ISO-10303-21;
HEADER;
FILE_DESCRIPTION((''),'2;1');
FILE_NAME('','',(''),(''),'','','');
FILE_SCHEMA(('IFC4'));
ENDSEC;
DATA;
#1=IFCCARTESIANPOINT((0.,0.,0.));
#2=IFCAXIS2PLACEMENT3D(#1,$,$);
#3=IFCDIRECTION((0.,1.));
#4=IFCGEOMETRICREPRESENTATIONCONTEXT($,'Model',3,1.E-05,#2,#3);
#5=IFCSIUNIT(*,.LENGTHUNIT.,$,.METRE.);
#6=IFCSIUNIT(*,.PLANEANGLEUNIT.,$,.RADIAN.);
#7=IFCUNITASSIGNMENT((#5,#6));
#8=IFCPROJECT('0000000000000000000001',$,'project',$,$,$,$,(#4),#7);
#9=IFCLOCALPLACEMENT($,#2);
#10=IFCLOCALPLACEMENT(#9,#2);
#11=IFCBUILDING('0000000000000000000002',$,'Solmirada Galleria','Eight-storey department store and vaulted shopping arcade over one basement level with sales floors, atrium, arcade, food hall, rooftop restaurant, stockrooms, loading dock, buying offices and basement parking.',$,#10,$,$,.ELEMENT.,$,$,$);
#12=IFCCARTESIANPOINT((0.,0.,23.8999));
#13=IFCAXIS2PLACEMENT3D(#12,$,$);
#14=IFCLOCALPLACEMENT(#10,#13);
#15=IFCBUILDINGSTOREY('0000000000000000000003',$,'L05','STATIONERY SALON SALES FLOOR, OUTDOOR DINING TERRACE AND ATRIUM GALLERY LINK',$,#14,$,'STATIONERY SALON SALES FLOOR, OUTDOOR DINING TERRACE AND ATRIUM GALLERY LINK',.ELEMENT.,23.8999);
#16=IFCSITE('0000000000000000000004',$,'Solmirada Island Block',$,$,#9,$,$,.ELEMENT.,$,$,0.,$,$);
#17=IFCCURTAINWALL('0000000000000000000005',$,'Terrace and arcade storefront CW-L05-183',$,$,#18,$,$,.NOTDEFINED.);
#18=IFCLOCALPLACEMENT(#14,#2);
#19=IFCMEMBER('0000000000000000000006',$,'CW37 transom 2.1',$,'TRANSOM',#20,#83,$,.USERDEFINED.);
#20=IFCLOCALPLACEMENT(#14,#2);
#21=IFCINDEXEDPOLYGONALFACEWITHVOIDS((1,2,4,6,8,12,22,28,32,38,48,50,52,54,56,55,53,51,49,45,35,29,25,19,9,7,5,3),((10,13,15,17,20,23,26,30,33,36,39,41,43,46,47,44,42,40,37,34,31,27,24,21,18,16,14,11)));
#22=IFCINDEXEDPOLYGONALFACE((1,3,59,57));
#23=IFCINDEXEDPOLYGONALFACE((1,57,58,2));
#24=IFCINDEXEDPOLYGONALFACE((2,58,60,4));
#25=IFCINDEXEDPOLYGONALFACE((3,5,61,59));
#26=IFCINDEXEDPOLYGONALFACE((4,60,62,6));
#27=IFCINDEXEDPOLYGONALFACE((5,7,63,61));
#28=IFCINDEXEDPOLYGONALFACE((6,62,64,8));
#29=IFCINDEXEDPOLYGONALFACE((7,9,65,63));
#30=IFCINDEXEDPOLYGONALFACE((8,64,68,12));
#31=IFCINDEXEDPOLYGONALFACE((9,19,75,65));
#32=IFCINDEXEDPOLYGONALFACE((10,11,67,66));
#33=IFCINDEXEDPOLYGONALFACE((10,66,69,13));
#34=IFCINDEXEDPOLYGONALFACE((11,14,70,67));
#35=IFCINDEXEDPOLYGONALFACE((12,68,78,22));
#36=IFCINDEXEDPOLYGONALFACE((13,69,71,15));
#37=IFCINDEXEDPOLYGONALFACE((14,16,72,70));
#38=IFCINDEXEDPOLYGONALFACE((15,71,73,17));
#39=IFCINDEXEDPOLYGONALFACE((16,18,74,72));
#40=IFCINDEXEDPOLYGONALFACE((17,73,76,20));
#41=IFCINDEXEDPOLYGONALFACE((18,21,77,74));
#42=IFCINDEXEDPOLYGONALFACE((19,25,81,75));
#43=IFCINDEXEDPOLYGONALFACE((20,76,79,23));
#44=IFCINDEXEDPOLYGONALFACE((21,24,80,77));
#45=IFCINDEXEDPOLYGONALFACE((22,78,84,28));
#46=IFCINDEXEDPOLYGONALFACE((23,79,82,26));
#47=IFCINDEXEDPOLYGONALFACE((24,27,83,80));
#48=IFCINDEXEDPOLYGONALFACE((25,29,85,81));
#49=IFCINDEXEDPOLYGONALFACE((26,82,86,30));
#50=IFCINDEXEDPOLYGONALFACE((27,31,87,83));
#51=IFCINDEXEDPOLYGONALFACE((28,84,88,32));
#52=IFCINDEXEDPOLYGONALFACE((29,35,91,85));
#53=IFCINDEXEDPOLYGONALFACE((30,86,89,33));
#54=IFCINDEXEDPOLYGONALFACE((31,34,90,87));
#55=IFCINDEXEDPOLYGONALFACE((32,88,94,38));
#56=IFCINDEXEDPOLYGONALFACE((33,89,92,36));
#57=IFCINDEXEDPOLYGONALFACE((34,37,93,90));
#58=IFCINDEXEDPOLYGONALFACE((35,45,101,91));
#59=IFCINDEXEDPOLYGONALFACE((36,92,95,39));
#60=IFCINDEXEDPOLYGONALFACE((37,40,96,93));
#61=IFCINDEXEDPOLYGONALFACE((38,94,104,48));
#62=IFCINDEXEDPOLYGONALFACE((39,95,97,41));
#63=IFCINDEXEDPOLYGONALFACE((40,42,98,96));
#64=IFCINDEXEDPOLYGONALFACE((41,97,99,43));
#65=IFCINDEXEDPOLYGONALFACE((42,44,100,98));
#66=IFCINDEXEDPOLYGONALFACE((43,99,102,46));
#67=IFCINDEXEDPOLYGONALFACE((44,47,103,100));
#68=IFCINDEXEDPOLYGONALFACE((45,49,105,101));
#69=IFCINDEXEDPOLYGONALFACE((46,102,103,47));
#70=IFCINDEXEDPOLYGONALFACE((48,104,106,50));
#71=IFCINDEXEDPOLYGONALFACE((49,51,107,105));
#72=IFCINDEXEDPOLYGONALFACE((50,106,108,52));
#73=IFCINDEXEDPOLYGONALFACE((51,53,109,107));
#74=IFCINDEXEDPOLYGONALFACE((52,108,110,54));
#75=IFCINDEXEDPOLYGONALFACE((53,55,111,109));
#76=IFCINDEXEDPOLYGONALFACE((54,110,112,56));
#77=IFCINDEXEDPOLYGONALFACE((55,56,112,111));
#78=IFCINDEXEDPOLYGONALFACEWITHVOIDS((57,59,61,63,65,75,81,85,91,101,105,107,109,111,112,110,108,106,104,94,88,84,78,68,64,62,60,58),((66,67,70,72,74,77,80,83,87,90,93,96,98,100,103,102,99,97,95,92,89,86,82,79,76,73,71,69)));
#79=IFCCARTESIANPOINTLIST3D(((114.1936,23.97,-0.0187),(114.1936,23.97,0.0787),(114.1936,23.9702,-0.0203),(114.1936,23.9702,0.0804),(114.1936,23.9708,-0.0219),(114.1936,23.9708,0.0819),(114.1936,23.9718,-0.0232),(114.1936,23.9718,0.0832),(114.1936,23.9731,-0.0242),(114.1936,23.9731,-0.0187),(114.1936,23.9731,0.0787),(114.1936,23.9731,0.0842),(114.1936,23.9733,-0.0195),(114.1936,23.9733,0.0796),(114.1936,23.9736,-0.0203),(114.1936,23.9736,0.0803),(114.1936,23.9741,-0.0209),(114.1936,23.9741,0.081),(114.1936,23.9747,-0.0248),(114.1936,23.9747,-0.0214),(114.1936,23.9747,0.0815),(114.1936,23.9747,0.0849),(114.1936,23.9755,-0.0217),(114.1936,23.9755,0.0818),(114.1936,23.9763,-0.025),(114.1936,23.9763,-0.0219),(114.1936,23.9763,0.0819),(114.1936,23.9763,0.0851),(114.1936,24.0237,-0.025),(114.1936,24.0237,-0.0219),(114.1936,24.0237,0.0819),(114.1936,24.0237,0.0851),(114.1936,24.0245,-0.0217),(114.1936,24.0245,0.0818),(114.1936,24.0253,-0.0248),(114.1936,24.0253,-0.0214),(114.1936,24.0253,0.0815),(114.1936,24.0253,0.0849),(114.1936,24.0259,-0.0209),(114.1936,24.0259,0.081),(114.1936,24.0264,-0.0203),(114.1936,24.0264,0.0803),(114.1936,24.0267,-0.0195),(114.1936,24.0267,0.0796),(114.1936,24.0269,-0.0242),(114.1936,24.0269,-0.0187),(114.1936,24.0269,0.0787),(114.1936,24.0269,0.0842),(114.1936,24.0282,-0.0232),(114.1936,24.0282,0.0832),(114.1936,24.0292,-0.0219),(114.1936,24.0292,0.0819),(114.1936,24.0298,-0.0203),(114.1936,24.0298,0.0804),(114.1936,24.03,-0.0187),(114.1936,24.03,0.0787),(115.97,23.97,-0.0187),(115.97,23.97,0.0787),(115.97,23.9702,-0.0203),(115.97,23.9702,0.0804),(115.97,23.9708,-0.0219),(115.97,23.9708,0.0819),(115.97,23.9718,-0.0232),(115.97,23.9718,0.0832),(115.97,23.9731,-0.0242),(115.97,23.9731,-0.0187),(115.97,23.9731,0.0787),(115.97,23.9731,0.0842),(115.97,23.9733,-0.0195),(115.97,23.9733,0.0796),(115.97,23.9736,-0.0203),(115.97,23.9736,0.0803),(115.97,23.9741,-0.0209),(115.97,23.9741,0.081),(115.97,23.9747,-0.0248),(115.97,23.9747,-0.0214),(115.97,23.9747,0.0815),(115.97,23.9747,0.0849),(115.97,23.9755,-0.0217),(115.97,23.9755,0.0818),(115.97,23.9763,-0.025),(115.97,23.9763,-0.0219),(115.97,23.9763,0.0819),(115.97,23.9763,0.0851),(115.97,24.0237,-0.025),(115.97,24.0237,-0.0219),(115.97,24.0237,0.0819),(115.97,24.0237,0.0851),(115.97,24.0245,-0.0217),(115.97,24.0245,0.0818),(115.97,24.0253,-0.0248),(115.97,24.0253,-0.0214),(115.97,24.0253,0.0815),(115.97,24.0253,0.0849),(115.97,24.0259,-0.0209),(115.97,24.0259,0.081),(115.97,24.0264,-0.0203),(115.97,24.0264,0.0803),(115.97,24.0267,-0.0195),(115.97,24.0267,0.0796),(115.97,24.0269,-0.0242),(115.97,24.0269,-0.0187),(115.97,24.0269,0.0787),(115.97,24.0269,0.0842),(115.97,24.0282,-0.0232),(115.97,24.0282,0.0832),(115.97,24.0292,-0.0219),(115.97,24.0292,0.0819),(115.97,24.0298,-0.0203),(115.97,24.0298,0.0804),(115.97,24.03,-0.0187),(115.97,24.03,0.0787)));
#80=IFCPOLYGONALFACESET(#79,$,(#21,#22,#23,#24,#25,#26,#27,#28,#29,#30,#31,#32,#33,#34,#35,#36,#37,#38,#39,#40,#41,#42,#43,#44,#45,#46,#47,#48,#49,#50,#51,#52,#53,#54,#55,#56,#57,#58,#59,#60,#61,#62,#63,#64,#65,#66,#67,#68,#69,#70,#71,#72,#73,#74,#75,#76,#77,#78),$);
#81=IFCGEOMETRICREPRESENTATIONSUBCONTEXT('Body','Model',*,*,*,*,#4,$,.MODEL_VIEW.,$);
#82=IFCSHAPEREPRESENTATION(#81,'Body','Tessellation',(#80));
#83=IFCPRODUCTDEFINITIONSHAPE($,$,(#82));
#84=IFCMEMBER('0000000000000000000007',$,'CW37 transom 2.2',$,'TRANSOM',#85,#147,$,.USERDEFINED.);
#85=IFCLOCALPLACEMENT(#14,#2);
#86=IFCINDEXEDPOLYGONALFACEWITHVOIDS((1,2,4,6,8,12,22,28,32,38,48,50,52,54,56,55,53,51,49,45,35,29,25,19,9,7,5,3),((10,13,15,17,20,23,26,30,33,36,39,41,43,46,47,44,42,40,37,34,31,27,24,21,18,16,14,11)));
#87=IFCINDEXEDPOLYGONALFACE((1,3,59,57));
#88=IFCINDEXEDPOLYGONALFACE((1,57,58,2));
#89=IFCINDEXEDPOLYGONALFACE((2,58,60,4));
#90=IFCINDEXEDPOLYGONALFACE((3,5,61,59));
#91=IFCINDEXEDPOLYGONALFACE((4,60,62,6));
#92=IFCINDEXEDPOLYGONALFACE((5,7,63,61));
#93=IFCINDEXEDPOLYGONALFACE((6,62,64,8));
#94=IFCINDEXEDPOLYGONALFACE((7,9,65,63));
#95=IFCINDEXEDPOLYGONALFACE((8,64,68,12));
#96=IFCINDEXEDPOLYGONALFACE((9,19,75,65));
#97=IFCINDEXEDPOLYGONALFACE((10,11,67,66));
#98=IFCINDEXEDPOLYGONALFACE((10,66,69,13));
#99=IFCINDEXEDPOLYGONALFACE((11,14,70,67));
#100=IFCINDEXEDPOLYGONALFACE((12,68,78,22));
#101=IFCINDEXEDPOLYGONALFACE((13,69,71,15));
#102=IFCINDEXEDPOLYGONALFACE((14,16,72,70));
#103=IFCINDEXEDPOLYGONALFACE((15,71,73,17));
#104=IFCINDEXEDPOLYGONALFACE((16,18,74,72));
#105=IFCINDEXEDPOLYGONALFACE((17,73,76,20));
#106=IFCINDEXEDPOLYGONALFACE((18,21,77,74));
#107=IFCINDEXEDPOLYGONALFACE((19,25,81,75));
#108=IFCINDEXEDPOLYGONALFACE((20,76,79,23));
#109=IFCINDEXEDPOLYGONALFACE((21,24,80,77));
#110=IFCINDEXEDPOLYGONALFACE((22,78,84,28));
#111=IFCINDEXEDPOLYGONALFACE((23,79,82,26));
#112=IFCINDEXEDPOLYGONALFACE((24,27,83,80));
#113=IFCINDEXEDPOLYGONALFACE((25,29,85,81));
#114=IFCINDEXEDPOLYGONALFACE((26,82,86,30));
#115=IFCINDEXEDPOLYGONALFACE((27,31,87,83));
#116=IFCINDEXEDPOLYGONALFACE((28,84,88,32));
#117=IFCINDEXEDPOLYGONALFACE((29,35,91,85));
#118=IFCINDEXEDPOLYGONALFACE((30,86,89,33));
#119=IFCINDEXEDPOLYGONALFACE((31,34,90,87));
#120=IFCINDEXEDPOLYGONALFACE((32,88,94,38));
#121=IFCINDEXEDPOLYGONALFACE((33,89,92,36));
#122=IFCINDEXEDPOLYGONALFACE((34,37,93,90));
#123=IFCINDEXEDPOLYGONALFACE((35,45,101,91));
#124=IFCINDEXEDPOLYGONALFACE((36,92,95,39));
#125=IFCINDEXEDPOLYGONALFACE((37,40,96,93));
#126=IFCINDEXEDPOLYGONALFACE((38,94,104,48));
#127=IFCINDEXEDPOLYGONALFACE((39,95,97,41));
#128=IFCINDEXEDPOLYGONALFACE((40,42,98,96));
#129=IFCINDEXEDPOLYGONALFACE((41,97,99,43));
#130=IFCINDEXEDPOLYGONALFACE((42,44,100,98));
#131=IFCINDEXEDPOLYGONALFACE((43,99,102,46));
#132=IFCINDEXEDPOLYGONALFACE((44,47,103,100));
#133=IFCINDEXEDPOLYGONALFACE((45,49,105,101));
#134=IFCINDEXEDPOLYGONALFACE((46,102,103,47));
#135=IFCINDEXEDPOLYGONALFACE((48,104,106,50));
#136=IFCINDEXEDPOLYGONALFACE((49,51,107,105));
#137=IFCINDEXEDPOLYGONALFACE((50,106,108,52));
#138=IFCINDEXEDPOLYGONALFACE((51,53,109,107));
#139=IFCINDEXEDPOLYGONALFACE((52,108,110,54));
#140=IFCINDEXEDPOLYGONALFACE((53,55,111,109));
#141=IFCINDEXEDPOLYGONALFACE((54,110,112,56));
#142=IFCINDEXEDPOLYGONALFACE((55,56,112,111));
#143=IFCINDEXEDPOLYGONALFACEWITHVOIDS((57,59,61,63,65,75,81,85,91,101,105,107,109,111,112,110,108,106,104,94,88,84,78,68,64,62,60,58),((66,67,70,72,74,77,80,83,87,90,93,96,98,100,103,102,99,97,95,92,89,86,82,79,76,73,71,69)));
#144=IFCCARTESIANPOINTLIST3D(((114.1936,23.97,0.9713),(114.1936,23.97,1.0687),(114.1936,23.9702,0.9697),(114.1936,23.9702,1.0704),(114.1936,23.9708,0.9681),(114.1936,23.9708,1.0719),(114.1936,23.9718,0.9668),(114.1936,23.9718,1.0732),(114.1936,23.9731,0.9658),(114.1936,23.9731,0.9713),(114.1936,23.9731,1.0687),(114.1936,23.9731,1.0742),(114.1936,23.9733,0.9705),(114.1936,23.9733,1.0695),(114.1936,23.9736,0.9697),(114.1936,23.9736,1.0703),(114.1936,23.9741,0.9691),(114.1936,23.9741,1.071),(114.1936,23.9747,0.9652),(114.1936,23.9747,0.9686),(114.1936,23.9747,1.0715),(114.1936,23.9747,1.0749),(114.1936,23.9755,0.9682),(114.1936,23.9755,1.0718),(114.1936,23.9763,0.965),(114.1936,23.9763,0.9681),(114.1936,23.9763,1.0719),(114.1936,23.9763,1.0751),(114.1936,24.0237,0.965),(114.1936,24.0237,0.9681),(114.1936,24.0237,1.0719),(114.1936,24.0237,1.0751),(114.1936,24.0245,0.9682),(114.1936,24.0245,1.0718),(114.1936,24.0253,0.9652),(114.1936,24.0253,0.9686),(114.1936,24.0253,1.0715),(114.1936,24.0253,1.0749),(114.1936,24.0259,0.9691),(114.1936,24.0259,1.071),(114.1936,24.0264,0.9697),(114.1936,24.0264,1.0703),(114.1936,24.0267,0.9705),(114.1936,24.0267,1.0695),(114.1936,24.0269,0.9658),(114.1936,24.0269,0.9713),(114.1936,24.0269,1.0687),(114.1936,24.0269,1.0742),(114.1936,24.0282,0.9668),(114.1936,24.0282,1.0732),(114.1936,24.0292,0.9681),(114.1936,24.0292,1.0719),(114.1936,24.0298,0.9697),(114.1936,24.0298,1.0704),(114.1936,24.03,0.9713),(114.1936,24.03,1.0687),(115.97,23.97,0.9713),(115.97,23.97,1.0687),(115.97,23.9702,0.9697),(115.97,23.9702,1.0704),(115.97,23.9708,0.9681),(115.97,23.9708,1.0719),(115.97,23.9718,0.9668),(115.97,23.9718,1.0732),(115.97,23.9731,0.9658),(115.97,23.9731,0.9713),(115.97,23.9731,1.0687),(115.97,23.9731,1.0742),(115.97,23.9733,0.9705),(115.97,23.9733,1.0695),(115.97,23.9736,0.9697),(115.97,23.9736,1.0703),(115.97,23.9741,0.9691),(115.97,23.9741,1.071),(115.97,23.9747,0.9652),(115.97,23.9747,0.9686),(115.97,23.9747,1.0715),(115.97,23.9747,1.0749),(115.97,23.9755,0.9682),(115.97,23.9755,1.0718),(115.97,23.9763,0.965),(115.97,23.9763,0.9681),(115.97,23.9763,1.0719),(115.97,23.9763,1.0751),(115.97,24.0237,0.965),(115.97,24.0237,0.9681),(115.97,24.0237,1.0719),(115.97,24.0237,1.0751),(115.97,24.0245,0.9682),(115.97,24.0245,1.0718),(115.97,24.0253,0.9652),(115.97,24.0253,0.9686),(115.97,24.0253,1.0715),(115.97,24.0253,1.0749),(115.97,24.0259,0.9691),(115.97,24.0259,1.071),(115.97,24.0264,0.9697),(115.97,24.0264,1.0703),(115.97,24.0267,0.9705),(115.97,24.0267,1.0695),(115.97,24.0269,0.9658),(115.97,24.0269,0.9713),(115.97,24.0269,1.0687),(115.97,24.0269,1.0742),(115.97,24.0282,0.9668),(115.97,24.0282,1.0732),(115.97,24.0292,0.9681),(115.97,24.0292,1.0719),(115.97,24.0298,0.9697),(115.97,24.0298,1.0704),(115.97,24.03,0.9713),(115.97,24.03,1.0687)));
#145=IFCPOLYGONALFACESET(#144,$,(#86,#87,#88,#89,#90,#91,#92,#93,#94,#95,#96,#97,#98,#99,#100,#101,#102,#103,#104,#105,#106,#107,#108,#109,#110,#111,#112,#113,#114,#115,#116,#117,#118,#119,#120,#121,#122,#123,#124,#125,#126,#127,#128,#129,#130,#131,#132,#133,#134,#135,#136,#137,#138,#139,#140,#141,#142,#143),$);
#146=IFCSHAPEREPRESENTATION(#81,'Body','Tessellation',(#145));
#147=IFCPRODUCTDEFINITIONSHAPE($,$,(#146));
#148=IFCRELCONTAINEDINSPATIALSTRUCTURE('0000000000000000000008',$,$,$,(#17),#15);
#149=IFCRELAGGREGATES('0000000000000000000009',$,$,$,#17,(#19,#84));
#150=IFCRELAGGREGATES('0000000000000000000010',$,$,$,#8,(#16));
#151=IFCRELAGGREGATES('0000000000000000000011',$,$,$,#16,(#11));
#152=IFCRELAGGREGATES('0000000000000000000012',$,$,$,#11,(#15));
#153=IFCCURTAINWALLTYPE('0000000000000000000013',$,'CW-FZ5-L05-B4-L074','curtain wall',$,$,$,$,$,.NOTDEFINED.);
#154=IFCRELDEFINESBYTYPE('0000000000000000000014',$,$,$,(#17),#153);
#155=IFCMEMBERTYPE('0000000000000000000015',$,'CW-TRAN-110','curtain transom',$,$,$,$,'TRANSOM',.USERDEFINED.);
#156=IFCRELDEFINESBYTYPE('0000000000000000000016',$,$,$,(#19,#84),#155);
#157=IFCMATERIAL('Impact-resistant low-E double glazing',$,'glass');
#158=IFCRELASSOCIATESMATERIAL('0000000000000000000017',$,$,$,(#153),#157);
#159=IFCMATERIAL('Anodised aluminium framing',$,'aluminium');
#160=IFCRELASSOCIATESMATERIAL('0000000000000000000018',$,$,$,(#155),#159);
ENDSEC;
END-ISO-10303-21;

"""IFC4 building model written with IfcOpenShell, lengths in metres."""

from ifc_helpers import new_model, si_unit, direction, frame, origin, origin_2d, place, context, subcontext, project, spatial, hollow_rectangle, extrude, material, material_profile, profile_set, type_object, element, aggregate, save


model = new_model("IFC4")

# Units and contexts
model_context = context("Model", 3, precision=1e-05, world=origin(), true_north=direction((0.0, 1.0)))
body_context = subcontext(model_context, "Body", "Model", "MODEL_VIEW")
ifc_project = project(units=[si_unit("LENGTHUNIT", "METRE"), si_unit("PLANEANGLEUNIT", "RADIAN")], contexts=[model_context])

# Site, building, storey
site_placement = place(None, origin())
site = spatial("IfcSite", under=ifc_project, at=site_placement, Name="Solmirada Island Block", CompositionType="ELEMENT", RefElevation=0.0)
building_placement = place(site_placement, origin())
building = spatial("IfcBuilding", under=site, at=building_placement, Name="Solmirada Galleria", Description="Eight-storey department store and vaulted shopping arcade over one basement level with sales floors, atrium, arcade, food hall, rooftop restaurant, stockrooms, loading dock, buying offices and basement parking.", CompositionType="ELEMENT")
storey_placement = place(building_placement, frame((0.0, 0.0, 23.8999)))
storey = spatial("IfcBuildingStorey", under=building, at=storey_placement, Name="L05", Description="STATIONERY SALON SALES FLOOR, OUTDOOR DINING TERRACE AND ATRIUM GALLERY LINK", LongName="STATIONERY SALON SALES FLOOR, OUTDOOR DINING TERRACE AND ATRIUM GALLERY LINK", CompositionType="ELEMENT", Elevation=23.8999)

# Curtain wall, members
ifc_material_1 = material(Name="Impact-resistant low-E double glazing", Category="glass")
curtain_wall_type = type_object("IfcCurtainWallType", Name="CW-FZ5-L05-B4-L074", Description="curtain wall", PredefinedType="NOTDEFINED", material=ifc_material_1)
curtain_wall_placement = place(storey_placement, origin())
curtain_wall = element("IfcCurtainWall", 1, at=curtain_wall_placement, inside=storey, type_object=curtain_wall_type, Name="Terrace and arcade storefront CW-L05-183", PredefinedType="NOTDEFINED")
ifc_material_2 = material(Name="Anodised aluminium framing", Category="aluminium")
ifc_material_profile_1 = material_profile(ifc_material_2, hollow_rectangle(XDim=0.0601, YDim=0.1101, WallThickness=0.0032, InnerFilletRadius=0.0032, OuterFilletRadius=0.0063, at=origin_2d()), Name="ALU-TRAN-110X60")
ifc_profile_set_1 = profile_set([ifc_material_profile_1], Name="Anodised aluminium framing")
member_type_1 = type_object("IfcMemberType", Name="CW-TRAN-110", Description="curtain transom", ElementType="TRANSOM", PredefinedType="USERDEFINED", material=ifc_profile_set_1)
member_1_placement = place(storey_placement, frame((114.1936, 24.0, 0.03), z_axis=(1.0, 0.0, 0.0), x_axis=(0.0, 1.0, 0.0)))
member_1 = element("IfcMember", 2, at=member_1_placement, type_object=member_type_1, Name="CW37 transom 2.1", ObjectType="TRANSOM", PredefinedType="USERDEFINED", context=body_context, shape_type="SweptSolid", body=[
    extrude(hollow_rectangle(XDim=0.0601, YDim=0.1101, WallThickness=0.0032, InnerFilletRadius=0.0032, OuterFilletRadius=0.0063, at=origin_2d()), origin(), (0.0, 0.0, 1.0), 1.7764),
])
member_2_placement = place(storey_placement, frame((114.1936, 24.0, 1.02), z_axis=(1.0, 0.0, 0.0), x_axis=(0.0, 1.0, 0.0)))
member_2 = element("IfcMember", 3, at=member_2_placement, type_object=member_type_1, Name="CW37 transom 2.2", ObjectType="TRANSOM", PredefinedType="USERDEFINED", context=body_context, shape_type="SweptSolid", body=[
    extrude(hollow_rectangle(XDim=0.0601, YDim=0.1101, WallThickness=0.0032, InnerFilletRadius=0.0032, OuterFilletRadius=0.0063, at=origin_2d()), origin(), (0.0, 0.0, 1.0), 1.7764),
])
aggregate(curtain_wall, [member_1, member_2])

save(model, "model.ifc")
